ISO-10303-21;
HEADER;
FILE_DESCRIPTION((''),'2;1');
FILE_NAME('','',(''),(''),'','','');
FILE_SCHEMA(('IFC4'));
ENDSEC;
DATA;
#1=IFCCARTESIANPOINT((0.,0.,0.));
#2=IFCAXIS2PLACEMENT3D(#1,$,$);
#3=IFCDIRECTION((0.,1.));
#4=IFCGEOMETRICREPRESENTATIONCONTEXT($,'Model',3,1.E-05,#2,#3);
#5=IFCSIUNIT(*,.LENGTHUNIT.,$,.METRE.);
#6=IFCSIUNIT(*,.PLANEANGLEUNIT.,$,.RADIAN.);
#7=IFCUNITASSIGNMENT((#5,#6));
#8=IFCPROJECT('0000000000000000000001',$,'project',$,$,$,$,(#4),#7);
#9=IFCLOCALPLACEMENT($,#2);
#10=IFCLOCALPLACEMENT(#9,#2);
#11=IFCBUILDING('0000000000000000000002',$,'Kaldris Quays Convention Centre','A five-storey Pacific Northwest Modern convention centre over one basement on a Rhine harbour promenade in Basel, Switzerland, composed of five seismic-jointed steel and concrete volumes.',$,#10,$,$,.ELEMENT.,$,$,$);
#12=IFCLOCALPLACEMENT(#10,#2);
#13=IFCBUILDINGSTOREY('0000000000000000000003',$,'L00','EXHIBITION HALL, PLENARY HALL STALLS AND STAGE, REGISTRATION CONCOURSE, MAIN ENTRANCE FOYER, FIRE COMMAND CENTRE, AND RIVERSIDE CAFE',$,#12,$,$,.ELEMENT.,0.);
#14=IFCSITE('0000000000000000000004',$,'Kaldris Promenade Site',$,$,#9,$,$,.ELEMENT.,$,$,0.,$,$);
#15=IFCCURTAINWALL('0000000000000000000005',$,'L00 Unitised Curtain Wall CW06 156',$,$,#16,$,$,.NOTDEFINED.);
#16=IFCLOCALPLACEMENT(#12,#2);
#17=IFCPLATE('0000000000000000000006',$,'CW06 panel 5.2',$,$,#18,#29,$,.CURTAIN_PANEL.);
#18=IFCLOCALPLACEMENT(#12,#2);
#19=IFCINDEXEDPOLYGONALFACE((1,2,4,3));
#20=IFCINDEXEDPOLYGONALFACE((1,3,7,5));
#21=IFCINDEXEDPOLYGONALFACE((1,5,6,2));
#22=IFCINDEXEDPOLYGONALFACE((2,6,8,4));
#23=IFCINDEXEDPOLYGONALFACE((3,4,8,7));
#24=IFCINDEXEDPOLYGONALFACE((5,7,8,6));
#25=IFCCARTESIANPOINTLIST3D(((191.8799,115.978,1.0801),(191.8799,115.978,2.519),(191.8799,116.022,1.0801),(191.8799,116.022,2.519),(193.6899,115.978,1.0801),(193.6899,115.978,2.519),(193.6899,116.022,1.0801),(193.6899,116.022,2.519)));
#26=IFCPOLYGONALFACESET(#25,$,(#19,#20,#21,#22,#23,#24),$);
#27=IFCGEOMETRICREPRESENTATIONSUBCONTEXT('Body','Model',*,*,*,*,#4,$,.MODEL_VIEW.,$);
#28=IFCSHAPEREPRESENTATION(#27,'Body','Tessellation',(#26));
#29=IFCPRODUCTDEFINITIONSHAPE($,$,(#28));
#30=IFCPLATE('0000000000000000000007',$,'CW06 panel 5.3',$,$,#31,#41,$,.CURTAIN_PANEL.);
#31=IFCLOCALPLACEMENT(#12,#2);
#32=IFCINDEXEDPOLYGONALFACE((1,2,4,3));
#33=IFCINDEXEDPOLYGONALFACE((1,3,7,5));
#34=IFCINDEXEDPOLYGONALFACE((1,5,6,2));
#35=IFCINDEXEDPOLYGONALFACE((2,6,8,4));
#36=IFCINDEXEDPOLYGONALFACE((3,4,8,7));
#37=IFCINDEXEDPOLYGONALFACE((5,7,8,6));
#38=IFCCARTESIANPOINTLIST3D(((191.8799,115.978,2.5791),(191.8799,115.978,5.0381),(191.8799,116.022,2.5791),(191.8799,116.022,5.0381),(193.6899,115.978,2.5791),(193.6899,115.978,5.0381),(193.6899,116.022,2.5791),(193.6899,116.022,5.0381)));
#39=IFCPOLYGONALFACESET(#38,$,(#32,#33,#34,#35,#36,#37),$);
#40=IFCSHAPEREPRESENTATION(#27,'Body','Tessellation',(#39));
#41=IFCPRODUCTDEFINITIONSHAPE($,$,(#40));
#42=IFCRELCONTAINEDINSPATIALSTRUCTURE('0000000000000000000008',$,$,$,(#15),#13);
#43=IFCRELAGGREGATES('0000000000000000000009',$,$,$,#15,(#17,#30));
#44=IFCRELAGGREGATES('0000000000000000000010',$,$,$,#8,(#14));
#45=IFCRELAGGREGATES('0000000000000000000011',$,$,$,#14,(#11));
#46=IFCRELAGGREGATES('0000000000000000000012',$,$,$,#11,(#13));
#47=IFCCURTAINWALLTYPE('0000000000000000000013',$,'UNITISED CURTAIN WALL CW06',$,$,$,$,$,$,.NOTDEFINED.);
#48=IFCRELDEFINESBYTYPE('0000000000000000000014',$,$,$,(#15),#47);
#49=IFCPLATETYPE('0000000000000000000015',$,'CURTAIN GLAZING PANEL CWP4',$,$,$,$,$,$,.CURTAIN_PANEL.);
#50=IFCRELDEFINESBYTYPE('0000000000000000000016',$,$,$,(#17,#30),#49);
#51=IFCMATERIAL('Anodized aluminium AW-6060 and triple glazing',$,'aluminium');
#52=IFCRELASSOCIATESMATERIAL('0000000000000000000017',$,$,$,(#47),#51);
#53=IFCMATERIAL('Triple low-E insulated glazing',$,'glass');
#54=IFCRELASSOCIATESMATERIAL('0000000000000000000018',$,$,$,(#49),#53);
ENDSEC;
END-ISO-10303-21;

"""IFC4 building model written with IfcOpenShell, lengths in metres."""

from ifc_helpers import new_model, si_unit, direction, frame, origin, origin_2d, place, context, subcontext, project, spatial, rectangle, extrude, material, type_object, element, aggregate, save


model = new_model("IFC4")

# Units and contexts
model_context = context("Model", 3, precision=1e-05, world=origin(), true_north=direction((0.0, 1.0)))
body_context = subcontext(model_context, "Body", "Model", "MODEL_VIEW")
ifc_project = project(units=[si_unit("LENGTHUNIT", "METRE"), si_unit("PLANEANGLEUNIT", "RADIAN")], contexts=[model_context])

# Site, building, storey
site_placement = place(None, origin())
site = spatial("IfcSite", under=ifc_project, at=site_placement, Name="Kaldris Promenade Site", CompositionType="ELEMENT", RefElevation=0.0)
building_placement = place(site_placement, origin())
building = spatial("IfcBuilding", under=site, at=building_placement, Name="Kaldris Quays Convention Centre", Description="A five-storey Pacific Northwest Modern convention centre over one basement on a Rhine harbour promenade in Basel, Switzerland, composed of five seismic-jointed steel and concrete volumes.", CompositionType="ELEMENT")
storey_placement = place(building_placement, origin())
storey = spatial("IfcBuildingStorey", under=building, at=storey_placement, Name="L00", Description="EXHIBITION HALL, PLENARY HALL STALLS AND STAGE, REGISTRATION CONCOURSE, MAIN ENTRANCE FOYER, FIRE COMMAND CENTRE, AND RIVERSIDE CAFE", CompositionType="ELEMENT", Elevation=0.0)

# Curtain wall, plates
ifc_material_1 = material(Name="Anodized aluminium AW-6060 and triple glazing", Category="aluminium")
curtain_wall_type = type_object("IfcCurtainWallType", Name="UNITISED CURTAIN WALL CW06", PredefinedType="NOTDEFINED", material=ifc_material_1)
curtain_wall_placement = place(storey_placement, origin())
curtain_wall = element("IfcCurtainWall", 1, at=curtain_wall_placement, inside=storey, type_object=curtain_wall_type, Name="L00 Unitised Curtain Wall CW06 156", PredefinedType="NOTDEFINED")
ifc_material_2 = material(Name="Triple low-E insulated glazing", Category="glass")
plate_type = type_object("IfcPlateType", Name="CURTAIN GLAZING PANEL CWP4", PredefinedType="CURTAIN_PANEL", material=ifc_material_2)
plate_1_placement = place(storey_placement, frame((192.7849, 116.0, 1.0801), z_axis=(0.0, 0.0, 1.0), x_axis=(1.0, 0.0, 0.0)))
plate_1 = element("IfcPlate", 2, at=plate_1_placement, type_object=plate_type, Name="CW06 panel 5.2", PredefinedType="CURTAIN_PANEL", context=body_context, shape_type="SweptSolid", body=[
    extrude(rectangle(XDim=1.8101, YDim=0.0439, at=origin_2d()), origin(), (0.0, 0.0, 1.0), 1.439),
])
plate_2_placement = place(storey_placement, frame((192.7849, 116.0, 2.5791), z_axis=(0.0, 0.0, 1.0), x_axis=(1.0, 0.0, 0.0)))
plate_2 = element("IfcPlate", 3, at=plate_2_placement, type_object=plate_type, Name="CW06 panel 5.3", PredefinedType="CURTAIN_PANEL", context=body_context, shape_type="SweptSolid", body=[
    extrude(rectangle(XDim=1.8101, YDim=0.0439, at=origin_2d()), origin(), (0.0, 0.0, 1.0), 2.459),
])
aggregate(curtain_wall, [plate_1, plate_2])

save(model, "model.ifc")
